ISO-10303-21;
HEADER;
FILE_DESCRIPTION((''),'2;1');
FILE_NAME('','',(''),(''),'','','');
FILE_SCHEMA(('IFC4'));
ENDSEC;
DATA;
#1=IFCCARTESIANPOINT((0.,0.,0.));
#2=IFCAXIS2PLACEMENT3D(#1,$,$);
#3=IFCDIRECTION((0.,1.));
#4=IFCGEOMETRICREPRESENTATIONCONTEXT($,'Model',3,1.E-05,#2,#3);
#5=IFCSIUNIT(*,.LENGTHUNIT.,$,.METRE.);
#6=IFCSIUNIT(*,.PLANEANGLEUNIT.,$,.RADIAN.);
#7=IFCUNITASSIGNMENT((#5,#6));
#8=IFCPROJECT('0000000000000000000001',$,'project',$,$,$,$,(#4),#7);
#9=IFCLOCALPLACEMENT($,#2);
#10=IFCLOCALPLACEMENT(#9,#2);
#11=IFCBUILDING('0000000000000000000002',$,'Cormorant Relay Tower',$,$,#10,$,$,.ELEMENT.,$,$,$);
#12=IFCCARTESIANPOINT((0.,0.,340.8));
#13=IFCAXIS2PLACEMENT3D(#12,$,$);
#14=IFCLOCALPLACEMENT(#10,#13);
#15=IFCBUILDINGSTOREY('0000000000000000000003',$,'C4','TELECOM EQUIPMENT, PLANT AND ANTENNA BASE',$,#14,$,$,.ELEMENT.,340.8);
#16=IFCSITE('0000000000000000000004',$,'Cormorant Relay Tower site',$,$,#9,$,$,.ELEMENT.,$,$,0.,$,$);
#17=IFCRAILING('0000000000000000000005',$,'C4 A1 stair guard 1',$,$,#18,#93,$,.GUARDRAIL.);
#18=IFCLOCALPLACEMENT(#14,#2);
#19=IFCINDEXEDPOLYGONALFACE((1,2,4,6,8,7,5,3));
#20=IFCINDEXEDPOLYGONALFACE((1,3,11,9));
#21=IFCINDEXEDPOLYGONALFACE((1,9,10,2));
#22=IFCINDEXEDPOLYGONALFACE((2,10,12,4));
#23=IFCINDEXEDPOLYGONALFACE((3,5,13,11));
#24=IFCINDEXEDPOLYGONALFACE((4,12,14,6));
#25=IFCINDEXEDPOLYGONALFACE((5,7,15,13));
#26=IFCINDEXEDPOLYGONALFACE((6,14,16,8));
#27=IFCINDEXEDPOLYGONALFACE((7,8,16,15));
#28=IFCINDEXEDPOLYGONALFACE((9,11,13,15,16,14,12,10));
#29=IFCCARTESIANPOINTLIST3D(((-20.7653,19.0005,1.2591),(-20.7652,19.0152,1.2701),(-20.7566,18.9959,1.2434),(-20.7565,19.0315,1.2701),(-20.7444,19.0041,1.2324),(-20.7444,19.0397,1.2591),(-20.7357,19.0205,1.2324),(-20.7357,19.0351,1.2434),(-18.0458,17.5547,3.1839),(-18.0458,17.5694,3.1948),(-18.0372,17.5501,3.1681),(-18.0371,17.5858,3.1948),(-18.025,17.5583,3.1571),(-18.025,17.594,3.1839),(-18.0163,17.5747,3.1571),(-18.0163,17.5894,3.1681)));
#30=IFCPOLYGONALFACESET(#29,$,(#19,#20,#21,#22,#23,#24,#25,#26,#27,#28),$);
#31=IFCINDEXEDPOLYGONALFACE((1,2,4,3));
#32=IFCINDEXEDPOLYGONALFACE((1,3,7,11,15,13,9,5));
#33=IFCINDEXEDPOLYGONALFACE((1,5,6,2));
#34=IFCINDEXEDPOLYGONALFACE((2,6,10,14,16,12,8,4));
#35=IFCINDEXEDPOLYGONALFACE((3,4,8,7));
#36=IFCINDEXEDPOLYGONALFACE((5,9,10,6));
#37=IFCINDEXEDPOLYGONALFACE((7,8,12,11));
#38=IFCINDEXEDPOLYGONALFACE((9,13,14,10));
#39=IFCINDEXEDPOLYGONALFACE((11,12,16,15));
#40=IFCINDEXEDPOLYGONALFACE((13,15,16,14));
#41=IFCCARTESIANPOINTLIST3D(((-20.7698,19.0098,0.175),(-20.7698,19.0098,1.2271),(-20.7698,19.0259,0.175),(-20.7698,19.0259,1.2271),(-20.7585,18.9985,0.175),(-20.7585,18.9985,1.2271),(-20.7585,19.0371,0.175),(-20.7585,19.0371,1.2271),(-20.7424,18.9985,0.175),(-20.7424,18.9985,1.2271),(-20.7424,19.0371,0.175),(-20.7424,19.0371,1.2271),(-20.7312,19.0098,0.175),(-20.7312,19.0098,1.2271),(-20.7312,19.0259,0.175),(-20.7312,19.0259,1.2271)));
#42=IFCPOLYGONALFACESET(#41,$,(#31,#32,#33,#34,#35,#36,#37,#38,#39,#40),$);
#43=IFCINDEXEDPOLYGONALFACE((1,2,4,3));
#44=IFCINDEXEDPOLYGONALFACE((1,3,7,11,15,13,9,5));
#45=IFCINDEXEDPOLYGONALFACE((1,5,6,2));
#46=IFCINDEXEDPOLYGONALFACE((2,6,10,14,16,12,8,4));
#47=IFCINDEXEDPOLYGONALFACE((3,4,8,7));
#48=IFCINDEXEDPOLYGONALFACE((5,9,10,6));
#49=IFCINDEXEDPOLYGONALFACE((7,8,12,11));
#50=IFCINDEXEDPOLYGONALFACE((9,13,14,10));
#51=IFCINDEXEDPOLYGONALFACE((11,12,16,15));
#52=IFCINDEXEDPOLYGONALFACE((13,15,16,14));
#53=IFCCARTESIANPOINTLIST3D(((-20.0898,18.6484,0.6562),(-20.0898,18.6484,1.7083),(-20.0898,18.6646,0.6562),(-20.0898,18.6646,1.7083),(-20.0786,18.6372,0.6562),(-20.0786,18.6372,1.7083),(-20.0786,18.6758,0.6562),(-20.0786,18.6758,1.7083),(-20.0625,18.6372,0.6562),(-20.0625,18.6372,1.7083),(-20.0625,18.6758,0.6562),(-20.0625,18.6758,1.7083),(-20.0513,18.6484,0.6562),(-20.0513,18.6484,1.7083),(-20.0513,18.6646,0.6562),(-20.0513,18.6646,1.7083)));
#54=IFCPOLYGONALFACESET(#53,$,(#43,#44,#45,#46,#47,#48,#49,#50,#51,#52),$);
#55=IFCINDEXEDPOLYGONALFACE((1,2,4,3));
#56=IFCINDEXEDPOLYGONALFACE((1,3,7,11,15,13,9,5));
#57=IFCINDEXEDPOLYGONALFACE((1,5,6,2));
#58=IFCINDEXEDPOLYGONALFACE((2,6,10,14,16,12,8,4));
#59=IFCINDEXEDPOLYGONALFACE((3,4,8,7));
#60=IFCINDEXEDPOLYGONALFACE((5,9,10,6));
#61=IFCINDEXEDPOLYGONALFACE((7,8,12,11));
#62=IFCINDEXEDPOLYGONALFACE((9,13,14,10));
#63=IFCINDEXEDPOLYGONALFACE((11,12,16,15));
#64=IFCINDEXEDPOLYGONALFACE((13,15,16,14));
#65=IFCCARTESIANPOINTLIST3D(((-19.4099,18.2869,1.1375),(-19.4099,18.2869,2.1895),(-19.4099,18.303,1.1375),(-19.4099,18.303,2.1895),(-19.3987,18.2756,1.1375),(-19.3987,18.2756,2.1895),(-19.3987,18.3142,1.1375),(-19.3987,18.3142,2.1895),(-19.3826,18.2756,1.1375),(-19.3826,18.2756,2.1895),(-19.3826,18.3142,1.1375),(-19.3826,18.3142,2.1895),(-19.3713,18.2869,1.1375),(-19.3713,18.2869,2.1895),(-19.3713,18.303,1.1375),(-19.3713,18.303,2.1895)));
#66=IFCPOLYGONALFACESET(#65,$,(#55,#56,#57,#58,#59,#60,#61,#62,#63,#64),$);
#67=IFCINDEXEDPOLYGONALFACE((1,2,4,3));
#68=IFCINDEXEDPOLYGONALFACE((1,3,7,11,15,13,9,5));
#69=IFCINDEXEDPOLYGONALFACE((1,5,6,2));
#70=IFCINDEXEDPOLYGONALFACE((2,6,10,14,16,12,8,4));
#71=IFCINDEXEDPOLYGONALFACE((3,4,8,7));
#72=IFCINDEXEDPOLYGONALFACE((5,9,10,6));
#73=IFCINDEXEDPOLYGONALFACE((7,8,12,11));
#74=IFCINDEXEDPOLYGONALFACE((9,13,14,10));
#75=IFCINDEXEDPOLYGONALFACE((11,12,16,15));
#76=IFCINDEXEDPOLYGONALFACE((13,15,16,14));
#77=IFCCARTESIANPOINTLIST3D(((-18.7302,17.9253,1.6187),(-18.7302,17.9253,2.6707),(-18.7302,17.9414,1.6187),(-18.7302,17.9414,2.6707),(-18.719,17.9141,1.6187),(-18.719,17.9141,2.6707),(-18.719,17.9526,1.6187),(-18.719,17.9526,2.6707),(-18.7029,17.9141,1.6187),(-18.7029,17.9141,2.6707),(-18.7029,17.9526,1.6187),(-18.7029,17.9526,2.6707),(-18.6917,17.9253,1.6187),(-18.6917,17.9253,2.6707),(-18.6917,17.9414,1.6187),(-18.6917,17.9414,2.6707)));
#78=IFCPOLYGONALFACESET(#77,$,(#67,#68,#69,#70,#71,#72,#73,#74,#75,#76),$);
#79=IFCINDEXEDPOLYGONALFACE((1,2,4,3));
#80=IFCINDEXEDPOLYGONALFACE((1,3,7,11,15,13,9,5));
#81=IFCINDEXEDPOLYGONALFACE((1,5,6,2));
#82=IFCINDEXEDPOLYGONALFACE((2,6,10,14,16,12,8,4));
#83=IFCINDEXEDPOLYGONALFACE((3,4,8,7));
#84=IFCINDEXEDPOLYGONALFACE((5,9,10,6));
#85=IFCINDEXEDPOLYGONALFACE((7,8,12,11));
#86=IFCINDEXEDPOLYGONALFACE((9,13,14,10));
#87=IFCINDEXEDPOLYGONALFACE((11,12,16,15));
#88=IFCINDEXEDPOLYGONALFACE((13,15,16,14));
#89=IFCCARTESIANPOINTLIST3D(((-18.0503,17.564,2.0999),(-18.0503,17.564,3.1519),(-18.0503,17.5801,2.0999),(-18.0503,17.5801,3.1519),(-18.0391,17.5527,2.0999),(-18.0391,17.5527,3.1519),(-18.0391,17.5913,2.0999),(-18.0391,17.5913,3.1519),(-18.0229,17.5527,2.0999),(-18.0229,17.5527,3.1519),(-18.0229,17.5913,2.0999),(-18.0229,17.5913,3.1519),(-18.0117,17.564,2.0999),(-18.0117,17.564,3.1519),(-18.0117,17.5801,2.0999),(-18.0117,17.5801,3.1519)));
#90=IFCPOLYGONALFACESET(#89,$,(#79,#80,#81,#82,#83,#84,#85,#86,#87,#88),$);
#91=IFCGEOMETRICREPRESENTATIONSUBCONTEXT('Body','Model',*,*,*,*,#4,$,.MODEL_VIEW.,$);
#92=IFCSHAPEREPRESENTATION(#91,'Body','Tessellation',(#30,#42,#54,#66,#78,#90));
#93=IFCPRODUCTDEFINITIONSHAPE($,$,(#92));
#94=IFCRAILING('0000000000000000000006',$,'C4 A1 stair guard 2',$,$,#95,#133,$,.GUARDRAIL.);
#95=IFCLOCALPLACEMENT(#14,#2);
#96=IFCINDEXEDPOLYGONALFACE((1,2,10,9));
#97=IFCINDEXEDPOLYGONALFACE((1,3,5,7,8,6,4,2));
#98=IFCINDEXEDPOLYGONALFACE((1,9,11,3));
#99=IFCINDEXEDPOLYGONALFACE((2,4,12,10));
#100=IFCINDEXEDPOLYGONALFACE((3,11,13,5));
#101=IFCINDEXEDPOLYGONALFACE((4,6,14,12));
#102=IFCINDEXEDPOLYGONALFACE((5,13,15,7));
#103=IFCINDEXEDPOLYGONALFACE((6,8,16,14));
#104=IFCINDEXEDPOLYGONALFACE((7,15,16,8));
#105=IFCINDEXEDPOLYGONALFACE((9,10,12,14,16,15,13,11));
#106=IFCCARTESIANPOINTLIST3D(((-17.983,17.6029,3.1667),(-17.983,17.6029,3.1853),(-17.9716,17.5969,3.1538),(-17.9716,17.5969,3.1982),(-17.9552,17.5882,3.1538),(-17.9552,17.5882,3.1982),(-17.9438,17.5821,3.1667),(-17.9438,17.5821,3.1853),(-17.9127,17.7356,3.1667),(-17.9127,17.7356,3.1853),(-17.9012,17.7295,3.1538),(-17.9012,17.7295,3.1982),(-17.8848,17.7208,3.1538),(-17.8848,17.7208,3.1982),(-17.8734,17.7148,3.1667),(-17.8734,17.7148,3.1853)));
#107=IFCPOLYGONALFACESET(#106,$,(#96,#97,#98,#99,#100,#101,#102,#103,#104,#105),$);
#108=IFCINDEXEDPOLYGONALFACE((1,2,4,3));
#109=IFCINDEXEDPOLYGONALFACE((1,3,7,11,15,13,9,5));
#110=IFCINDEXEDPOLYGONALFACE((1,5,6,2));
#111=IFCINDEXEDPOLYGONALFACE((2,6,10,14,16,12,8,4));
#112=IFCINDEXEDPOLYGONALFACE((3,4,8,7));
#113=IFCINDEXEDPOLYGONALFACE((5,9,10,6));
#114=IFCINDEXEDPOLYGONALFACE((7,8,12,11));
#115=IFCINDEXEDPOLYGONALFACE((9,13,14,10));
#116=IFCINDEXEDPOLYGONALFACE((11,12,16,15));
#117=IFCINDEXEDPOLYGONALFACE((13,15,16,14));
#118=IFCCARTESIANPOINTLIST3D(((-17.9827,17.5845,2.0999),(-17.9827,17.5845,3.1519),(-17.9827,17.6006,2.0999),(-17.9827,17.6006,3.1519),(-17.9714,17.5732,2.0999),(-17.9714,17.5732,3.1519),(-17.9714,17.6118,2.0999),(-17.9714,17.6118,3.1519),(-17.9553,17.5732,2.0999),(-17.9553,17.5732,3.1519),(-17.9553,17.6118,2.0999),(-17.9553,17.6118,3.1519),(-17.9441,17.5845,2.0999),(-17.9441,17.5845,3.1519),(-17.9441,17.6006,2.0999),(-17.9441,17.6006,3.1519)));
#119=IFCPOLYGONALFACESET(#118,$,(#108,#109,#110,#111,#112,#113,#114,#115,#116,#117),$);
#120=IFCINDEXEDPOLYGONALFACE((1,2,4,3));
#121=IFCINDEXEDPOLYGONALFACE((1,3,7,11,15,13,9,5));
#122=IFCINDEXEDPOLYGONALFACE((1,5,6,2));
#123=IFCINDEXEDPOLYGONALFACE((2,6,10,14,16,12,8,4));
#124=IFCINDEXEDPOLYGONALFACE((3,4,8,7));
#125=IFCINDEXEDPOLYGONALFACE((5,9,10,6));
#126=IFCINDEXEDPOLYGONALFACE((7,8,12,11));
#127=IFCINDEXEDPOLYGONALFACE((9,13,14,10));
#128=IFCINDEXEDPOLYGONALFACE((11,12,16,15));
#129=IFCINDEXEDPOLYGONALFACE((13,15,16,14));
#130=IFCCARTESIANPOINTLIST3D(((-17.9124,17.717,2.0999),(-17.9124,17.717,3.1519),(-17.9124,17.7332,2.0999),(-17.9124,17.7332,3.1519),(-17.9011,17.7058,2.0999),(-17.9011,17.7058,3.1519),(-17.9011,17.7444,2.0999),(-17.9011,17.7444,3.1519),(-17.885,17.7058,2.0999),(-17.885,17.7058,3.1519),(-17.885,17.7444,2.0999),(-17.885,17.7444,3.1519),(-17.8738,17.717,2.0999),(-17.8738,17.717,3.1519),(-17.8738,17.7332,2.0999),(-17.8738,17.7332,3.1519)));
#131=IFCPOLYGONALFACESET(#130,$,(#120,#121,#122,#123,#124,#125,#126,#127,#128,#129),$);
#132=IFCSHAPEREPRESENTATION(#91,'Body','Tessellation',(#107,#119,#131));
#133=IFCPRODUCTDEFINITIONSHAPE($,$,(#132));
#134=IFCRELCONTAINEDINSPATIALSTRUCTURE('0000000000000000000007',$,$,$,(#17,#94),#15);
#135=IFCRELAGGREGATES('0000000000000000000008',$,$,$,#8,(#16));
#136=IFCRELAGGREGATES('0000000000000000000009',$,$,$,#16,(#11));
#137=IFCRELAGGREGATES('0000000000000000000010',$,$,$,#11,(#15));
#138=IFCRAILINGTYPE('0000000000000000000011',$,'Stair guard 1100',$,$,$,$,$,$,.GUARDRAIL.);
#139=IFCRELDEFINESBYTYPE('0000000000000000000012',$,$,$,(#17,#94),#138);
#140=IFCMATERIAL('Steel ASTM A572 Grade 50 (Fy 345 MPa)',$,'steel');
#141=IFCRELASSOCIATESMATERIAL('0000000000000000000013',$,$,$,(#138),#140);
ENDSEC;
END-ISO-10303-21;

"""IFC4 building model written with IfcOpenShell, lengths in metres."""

from ifc_helpers import new_model, si_unit, direction, frame, origin, place, context, subcontext, project, spatial, polyline, outline, extrude, material, type_object, element, save


model = new_model("IFC4")

# Units and contexts
model_context = context("Model", 3, precision=1e-05, world=origin(), true_north=direction((0.0, 1.0)))
body_context = subcontext(model_context, "Body", "Model", "MODEL_VIEW")
ifc_project = project(units=[si_unit("LENGTHUNIT", "METRE"), si_unit("PLANEANGLEUNIT", "RADIAN")], contexts=[model_context])

# Site, building, storey
site_placement = place(None, origin())
site = spatial("IfcSite", under=ifc_project, at=site_placement, Name="Cormorant Relay Tower site", CompositionType="ELEMENT", RefElevation=0.0)
building_placement = place(site_placement, origin())
building = spatial("IfcBuilding", under=site, at=building_placement, Name="Cormorant Relay Tower", CompositionType="ELEMENT")
storey_placement = place(building_placement, frame((0.0, 0.0, 340.8)))
storey = spatial("IfcBuildingStorey", under=building, at=storey_placement, Name="C4", Description="TELECOM EQUIPMENT, PLANT AND ANTENNA BASE", CompositionType="ELEMENT", Elevation=340.8)

# Railings
ifc_material_1 = material(Name="Steel ASTM A572 Grade 50 (Fy 345 MPa)", Category="steel")
railing_type_1 = type_object("IfcRailingType", Name="Stair guard 1100", PredefinedType="GUARDRAIL", material=ifc_material_1)
railing_1_placement = place(storey_placement, frame((-20.7505, 19.0178, 0.175)))
element("IfcRailing", 1, at=railing_1_placement, inside=storey, type_object=railing_type_1, Name="C4 A1 stair guard 1", PredefinedType="GUARDRAIL", context=body_context, shape_type="SweptSolid", body=[
    extrude(outline(polyline([(0.0222, 0.0093), (0.0093, 0.0222), (-0.0093, 0.0222), (-0.0222, 0.0093), (-0.0222, -0.0093), (-0.0093, -0.0222), (0.0093, -0.0222), (0.0222, -0.0093), (0.0222, 0.0093)])), frame((0.0, 0.0, 1.0762), z_axis=(0.748774, -0.398082, 0.52997), x_axis=(0.469428, 0.882971, 0.0)), (0.0, 0.0, 1.0), 3.6318),
    extrude(outline(polyline([(0.0193, 0.0081), (0.0081, 0.0193), (-0.0081, 0.0193), (-0.0193, 0.0081), (-0.0193, -0.0081), (-0.0081, -0.0193), (0.0081, -0.0193), (0.0193, -0.0081), (0.0193, 0.0081)])), origin(), (0.0, 0.0, 1.0), 1.052),
    extrude(outline(polyline([(0.0193, 0.0081), (0.0081, 0.0193), (-0.0081, 0.0193), (-0.0193, 0.0081), (-0.0193, -0.0081), (-0.0081, -0.0193), (0.0081, -0.0193), (0.0193, -0.0081), (0.0193, 0.0081)])), frame((0.6799, -0.3613, 0.4812)), (0.0, 0.0, 1.0), 1.052),
    extrude(outline(polyline([(0.0193, 0.0081), (0.0081, 0.0193), (-0.0081, 0.0193), (-0.0193, 0.0081), (-0.0193, -0.0081), (-0.0081, -0.0193), (0.0081, -0.0193), (0.0193, -0.0081), (0.0193, 0.0081)])), frame((1.3599, -0.7229, 0.9624)), (0.0, 0.0, 1.0), 1.052),
    extrude(outline(polyline([(0.0193, 0.0081), (0.0081, 0.0193), (-0.0081, 0.0193), (-0.0193, 0.0081), (-0.0193, -0.0081), (-0.0081, -0.0193), (0.0081, -0.0193), (0.0193, -0.0081), (0.0193, 0.0081)])), frame((2.0396, -1.0845, 1.4436)), (0.0, 0.0, 1.0), 1.052),
    extrude(outline(polyline([(0.0193, 0.0081), (0.0081, 0.0193), (-0.0081, 0.0193), (-0.0193, 0.0081), (-0.0193, -0.0081), (-0.0081, -0.0193), (0.0081, -0.0193), (0.0193, -0.0081), (0.0193, 0.0081)])), frame((2.7195, -1.4458, 1.9248)), (0.0, 0.0, 1.0), 1.052),
])
railing_2_placement = place(storey_placement, frame((-17.9634, 17.5925, 2.0999)))
element("IfcRailing", 2, at=railing_2_placement, inside=storey, type_object=railing_type_1, Name="C4 A1 stair guard 2", PredefinedType="GUARDRAIL", context=body_context, shape_type="SweptSolid", body=[
    extrude(outline(polyline([(0.0222, 0.0093), (0.0093, 0.0222), (-0.0093, 0.0222), (-0.0222, 0.0093), (-0.0222, -0.0093), (-0.0093, -0.0222), (0.0093, -0.0222), (0.0222, -0.0093), (0.0222, 0.0093)])), frame((0.0, 0.0, 1.0762), z_axis=(0.46856, 0.883431, 0.0), x_axis=(-0.883431, 0.46856, 0.0)), (0.0, 0.0, 1.0), 0.1501),
    extrude(outline(polyline([(0.0193, 0.0081), (0.0081, 0.0193), (-0.0081, 0.0193), (-0.0193, 0.0081), (-0.0193, -0.0081), (-0.0081, -0.0193), (0.0081, -0.0193), (0.0193, -0.0081), (0.0193, 0.0081)])), origin(), (0.0, 0.0, 1.0), 1.052),
    extrude(outline(polyline([(0.0193, 0.0081), (0.0081, 0.0193), (-0.0081, 0.0193), (-0.0193, 0.0081), (-0.0193, -0.0081), (-0.0081, -0.0193), (0.0081, -0.0193), (0.0193, -0.0081), (0.0193, 0.0081)])), frame((0.0703, 0.1326, 0.0)), (0.0, 0.0, 1.0), 1.052),
])

save(model, "model.ifc")
